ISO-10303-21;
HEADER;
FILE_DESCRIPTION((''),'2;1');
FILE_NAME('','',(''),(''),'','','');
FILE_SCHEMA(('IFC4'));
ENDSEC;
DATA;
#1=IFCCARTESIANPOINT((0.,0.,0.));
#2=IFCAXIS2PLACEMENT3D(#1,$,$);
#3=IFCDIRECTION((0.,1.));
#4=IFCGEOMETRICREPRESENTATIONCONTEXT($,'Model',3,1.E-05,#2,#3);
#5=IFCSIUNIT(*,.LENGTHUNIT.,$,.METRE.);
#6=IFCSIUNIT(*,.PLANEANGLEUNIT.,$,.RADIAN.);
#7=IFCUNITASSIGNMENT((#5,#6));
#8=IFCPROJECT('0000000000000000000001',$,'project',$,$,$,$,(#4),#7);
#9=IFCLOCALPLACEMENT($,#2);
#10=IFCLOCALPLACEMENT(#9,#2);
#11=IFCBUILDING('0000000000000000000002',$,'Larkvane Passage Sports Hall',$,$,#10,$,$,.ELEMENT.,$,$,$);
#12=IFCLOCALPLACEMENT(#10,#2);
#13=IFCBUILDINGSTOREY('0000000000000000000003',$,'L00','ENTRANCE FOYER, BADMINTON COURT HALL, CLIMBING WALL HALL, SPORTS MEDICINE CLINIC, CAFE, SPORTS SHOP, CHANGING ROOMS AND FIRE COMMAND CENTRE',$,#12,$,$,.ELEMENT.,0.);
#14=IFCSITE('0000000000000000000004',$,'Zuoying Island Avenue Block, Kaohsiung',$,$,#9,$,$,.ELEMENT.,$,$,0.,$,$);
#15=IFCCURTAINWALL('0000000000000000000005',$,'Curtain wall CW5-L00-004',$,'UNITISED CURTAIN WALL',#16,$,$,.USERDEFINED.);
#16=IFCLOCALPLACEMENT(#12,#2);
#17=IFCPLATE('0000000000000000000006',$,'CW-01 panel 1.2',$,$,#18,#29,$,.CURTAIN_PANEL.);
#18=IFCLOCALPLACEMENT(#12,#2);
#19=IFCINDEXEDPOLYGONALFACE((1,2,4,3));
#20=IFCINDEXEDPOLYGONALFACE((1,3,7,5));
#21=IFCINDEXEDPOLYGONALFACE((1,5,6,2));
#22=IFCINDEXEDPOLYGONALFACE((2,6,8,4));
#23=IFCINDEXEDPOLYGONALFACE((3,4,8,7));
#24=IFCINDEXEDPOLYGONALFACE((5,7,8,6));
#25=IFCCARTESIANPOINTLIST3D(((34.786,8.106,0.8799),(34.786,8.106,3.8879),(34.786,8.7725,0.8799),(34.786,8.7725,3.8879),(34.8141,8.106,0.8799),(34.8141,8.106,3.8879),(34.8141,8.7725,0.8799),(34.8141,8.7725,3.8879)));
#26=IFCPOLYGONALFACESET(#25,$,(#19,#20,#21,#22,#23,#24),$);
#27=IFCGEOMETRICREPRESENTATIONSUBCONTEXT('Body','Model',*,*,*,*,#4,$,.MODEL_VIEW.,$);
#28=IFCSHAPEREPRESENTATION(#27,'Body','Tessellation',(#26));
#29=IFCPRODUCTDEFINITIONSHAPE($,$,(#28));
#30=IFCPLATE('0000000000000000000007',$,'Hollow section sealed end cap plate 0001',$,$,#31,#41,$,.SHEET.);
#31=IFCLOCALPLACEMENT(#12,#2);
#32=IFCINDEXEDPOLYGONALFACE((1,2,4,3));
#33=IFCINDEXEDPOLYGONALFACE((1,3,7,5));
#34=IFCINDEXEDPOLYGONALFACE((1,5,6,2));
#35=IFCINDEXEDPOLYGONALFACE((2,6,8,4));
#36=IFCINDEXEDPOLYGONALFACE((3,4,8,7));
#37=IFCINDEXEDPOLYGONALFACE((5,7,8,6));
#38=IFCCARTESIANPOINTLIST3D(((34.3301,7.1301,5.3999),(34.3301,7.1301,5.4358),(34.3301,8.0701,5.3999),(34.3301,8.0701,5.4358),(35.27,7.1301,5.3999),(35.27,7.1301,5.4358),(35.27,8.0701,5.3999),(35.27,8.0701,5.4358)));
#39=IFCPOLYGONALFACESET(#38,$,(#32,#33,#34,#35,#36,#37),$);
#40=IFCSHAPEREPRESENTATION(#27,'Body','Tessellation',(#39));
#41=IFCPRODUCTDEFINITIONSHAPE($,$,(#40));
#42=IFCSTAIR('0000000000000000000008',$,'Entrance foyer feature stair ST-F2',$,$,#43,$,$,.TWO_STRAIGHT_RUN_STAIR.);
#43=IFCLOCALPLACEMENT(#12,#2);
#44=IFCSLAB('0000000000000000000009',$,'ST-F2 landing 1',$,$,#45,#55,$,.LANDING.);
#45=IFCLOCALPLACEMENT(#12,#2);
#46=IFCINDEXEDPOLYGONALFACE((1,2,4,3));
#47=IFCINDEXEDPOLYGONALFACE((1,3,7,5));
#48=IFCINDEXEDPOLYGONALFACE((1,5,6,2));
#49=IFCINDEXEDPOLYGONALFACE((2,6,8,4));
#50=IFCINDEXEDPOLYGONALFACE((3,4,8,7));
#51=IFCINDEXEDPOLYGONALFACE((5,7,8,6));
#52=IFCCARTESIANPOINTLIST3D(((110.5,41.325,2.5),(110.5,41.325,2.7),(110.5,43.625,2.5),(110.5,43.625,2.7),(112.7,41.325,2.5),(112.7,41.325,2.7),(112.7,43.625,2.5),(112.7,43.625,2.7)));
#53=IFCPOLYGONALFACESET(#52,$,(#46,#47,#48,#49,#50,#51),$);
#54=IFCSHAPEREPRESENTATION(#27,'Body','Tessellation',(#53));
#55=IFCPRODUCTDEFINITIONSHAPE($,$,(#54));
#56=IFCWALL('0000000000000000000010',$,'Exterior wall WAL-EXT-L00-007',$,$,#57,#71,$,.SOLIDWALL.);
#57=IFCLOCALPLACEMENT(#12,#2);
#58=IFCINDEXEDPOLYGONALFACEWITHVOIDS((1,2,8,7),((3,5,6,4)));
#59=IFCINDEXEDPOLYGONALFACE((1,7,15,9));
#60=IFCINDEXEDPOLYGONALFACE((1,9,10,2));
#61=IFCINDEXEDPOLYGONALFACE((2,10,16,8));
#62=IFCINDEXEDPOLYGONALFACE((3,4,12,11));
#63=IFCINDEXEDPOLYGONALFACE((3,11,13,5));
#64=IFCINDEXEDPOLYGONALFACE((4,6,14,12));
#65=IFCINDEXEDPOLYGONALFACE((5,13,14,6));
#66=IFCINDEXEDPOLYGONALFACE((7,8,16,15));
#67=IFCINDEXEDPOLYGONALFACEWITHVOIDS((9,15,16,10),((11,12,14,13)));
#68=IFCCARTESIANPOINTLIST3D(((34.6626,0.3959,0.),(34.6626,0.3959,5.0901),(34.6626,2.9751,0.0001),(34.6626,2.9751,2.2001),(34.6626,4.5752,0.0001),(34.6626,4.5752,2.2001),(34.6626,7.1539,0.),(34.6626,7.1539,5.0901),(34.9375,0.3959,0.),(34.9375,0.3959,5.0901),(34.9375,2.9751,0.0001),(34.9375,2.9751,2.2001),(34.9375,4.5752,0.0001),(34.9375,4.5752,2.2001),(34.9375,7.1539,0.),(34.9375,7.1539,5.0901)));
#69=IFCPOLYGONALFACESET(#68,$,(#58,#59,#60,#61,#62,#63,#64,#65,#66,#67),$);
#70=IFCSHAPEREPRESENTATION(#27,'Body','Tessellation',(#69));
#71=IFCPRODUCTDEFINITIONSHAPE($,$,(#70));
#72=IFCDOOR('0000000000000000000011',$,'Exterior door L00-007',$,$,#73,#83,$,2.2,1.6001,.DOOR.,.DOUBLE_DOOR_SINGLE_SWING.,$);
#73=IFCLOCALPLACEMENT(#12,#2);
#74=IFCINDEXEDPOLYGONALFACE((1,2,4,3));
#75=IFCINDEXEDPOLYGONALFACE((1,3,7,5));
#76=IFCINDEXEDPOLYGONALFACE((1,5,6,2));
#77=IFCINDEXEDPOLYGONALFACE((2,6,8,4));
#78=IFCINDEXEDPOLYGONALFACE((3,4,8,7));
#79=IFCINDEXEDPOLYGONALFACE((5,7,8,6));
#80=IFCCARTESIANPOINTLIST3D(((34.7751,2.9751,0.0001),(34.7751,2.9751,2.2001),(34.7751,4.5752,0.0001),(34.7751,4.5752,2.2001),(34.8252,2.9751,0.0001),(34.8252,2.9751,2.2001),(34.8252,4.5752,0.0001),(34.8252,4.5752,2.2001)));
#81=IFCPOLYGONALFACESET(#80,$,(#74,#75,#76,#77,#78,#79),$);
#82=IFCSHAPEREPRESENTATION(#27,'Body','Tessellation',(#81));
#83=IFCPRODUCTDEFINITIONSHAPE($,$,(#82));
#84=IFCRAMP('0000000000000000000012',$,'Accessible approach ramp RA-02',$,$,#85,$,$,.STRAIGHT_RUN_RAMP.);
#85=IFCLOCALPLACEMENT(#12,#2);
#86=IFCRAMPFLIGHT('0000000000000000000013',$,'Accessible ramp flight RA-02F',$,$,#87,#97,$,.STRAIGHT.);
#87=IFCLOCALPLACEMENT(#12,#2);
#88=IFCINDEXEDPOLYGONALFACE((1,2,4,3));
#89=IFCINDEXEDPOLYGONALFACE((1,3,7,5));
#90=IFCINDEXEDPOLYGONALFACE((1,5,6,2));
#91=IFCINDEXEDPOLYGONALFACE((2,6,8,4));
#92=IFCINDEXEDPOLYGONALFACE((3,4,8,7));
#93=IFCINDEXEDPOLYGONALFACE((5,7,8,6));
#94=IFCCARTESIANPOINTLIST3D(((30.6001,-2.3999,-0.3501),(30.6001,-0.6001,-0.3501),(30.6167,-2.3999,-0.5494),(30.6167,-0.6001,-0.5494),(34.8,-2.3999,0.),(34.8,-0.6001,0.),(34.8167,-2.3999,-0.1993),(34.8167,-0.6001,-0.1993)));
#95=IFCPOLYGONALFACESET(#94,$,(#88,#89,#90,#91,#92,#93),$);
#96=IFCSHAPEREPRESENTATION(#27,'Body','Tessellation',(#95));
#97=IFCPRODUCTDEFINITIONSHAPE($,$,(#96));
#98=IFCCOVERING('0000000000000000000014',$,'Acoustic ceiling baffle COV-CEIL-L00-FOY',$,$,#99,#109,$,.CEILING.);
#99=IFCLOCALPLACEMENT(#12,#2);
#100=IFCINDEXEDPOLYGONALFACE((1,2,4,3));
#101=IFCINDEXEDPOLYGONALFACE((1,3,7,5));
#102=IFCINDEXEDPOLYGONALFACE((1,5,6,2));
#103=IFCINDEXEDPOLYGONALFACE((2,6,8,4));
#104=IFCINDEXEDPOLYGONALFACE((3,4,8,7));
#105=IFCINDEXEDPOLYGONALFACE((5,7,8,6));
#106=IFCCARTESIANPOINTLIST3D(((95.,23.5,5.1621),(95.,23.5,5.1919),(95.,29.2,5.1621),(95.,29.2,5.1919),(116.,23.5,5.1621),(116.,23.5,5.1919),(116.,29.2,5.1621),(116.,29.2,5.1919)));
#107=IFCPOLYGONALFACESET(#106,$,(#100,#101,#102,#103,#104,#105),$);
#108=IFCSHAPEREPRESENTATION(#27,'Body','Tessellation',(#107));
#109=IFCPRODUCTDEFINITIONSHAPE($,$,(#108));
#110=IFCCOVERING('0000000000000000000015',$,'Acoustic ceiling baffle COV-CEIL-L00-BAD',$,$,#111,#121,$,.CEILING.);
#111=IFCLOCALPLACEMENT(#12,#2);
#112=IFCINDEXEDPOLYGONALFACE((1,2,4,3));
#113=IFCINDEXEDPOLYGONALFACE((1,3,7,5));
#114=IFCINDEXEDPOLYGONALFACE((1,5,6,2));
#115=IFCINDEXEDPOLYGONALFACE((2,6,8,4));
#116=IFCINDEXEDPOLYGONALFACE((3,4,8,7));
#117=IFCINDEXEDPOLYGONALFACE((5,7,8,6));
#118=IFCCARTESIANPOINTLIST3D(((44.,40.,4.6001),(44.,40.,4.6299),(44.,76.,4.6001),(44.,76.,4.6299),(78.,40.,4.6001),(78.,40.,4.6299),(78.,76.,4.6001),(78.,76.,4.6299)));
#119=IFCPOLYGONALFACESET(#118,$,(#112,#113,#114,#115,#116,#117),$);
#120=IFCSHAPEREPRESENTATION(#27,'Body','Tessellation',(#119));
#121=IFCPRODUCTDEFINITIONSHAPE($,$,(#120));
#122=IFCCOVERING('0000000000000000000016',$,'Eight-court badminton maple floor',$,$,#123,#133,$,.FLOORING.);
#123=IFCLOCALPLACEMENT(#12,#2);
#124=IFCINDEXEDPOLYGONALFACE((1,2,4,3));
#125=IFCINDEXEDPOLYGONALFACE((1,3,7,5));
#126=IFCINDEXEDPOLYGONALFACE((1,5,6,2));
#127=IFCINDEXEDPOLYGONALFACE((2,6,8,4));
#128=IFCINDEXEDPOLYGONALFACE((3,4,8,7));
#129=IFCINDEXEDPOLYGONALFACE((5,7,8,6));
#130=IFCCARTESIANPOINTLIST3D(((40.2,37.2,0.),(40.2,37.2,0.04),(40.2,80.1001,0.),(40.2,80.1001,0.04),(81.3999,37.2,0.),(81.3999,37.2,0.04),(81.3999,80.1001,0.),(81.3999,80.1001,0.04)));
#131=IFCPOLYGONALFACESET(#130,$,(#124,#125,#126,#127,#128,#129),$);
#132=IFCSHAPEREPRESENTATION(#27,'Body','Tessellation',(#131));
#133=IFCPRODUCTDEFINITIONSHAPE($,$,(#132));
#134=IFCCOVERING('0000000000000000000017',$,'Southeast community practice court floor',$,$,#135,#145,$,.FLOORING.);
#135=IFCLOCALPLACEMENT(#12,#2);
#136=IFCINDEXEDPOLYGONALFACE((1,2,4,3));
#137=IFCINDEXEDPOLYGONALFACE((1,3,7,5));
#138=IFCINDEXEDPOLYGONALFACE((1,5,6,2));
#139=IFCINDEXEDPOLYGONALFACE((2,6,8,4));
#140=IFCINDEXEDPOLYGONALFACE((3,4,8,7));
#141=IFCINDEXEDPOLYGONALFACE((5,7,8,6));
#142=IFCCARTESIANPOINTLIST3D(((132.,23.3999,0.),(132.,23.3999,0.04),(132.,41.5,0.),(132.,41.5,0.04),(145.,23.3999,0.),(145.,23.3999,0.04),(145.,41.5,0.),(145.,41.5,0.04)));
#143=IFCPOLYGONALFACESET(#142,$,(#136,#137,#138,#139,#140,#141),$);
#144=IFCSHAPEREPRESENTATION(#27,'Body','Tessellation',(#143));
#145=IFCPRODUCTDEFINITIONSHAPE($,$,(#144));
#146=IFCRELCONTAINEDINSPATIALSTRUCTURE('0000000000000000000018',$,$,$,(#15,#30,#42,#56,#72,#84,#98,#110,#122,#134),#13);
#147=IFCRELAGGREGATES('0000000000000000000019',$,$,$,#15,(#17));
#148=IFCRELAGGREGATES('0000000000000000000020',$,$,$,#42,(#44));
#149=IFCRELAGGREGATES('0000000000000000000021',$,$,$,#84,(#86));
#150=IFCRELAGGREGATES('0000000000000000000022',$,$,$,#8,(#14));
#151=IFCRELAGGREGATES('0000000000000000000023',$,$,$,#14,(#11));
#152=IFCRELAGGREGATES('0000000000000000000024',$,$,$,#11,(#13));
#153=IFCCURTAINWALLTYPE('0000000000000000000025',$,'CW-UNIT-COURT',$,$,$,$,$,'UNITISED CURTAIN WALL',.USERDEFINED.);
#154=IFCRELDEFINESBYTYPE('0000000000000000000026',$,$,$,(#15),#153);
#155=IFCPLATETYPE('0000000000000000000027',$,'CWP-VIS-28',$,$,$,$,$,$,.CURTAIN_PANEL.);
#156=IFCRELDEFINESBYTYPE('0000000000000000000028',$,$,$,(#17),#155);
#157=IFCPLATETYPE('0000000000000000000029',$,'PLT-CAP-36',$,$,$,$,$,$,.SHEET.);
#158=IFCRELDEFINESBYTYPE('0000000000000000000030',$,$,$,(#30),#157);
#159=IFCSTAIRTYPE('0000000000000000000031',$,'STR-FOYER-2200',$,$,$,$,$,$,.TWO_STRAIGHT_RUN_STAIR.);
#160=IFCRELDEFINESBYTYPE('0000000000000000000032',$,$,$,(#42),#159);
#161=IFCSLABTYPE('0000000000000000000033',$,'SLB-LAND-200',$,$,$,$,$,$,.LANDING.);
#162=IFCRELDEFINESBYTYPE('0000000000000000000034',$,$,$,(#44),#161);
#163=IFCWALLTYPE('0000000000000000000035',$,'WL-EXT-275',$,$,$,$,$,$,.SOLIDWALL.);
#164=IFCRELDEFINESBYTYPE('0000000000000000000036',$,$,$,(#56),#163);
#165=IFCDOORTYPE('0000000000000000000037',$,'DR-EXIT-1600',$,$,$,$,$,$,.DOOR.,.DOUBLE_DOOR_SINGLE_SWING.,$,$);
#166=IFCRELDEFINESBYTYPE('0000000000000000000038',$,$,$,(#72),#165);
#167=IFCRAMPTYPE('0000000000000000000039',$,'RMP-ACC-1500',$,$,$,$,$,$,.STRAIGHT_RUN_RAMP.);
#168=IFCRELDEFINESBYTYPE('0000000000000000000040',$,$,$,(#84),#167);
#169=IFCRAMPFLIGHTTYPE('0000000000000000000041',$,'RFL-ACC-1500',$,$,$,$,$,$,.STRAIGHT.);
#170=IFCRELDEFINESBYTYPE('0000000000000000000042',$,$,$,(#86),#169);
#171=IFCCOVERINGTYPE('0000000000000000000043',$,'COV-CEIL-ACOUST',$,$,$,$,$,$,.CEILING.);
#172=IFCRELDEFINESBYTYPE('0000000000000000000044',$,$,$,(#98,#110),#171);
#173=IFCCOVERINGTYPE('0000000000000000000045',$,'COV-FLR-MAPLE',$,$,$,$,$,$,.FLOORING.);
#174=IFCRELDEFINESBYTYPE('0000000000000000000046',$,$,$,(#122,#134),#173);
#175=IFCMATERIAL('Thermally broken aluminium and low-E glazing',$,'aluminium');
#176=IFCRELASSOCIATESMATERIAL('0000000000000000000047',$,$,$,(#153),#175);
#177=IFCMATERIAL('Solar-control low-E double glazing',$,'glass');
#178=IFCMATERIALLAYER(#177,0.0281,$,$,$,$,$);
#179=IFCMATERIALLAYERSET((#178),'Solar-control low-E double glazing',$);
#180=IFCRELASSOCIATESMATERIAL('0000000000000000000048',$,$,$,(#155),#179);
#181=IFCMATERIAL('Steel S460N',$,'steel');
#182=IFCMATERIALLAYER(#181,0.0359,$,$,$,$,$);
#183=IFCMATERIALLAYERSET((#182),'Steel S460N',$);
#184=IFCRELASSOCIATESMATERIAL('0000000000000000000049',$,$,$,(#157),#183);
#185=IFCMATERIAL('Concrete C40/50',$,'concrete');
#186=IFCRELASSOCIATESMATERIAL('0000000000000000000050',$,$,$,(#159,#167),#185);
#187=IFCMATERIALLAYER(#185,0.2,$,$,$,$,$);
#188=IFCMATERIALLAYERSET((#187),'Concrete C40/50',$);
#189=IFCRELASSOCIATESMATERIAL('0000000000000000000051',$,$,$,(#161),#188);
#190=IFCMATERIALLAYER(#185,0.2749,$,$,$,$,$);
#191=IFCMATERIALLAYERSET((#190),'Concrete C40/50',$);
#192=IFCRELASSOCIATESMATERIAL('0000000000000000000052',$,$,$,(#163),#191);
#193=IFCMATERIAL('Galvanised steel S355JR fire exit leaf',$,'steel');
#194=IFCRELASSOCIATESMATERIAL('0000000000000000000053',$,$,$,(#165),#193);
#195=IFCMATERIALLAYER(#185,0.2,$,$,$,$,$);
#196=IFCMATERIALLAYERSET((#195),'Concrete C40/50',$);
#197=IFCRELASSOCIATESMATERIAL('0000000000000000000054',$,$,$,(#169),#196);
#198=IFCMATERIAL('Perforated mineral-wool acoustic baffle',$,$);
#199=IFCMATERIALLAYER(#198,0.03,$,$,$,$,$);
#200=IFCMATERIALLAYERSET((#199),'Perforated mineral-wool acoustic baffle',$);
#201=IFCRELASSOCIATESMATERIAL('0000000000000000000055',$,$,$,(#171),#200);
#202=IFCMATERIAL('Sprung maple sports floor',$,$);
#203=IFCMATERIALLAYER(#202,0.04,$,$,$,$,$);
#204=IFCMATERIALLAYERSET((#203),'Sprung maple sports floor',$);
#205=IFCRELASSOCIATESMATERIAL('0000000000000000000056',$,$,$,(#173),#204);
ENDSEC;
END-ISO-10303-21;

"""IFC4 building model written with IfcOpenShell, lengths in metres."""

from ifc_helpers import new_model, si_unit, direction, frame, frame_2d, origin, origin_2d, place, context, subcontext, project, spatial, polyline, rectangle, outline, extrude, material, layer, layer_set, type_object, element, fill, aggregate, save


model = new_model("IFC4")

# Units and contexts
model_context = context("Model", 3, precision=1e-05, world=origin(), true_north=direction((0.0, 1.0)))
body_context = subcontext(model_context, "Body", "Model", "MODEL_VIEW")
ifc_project = project(units=[si_unit("LENGTHUNIT", "METRE"), si_unit("PLANEANGLEUNIT", "RADIAN")], contexts=[model_context])

# Site, building, storey
site_placement = place(None, origin())
site = spatial("IfcSite", under=ifc_project, at=site_placement, Name="Zuoying Island Avenue Block, Kaohsiung", CompositionType="ELEMENT", RefElevation=0.0)
building_placement = place(site_placement, origin())
building = spatial("IfcBuilding", under=site, at=building_placement, Name="Larkvane Passage Sports Hall", CompositionType="ELEMENT")
storey_placement = place(building_placement, origin())
storey = spatial("IfcBuildingStorey", under=building, at=storey_placement, Name="L00", Description="ENTRANCE FOYER, BADMINTON COURT HALL, CLIMBING WALL HALL, SPORTS MEDICINE CLINIC, CAFE, SPORTS SHOP, CHANGING ROOMS AND FIRE COMMAND CENTRE", CompositionType="ELEMENT", Elevation=0.0)

# Shared definitions
ifc_material_1 = material(Name="Steel S460N", Category="steel")
ifc_material_2 = material(Name="Concrete C40/50", Category="concrete")

# Curtain wall
ifc_material_3 = material(Name="Thermally broken aluminium and low-E glazing", Category="aluminium")
curtain_wall_type = type_object("IfcCurtainWallType", Name="CW-UNIT-COURT", ElementType="UNITISED CURTAIN WALL", PredefinedType="USERDEFINED", material=ifc_material_3)
curtain_wall_placement = place(storey_placement, origin())
curtain_wall = element("IfcCurtainWall", 1, at=curtain_wall_placement, inside=storey, type_object=curtain_wall_type, Name="Curtain wall CW5-L00-004", ObjectType="UNITISED CURTAIN WALL", PredefinedType="USERDEFINED")

# Plates
ifc_material_4 = material(Name="Solar-control low-E double glazing", Category="glass")
ifc_layer_1 = layer(ifc_material_4, 0.0281)
ifc_layer_set_1 = layer_set([ifc_layer_1], Name="Solar-control low-E double glazing")
plate_type_1 = type_object("IfcPlateType", Name="CWP-VIS-28", PredefinedType="CURTAIN_PANEL", material=ifc_layer_set_1)
plate_1_placement = place(storey_placement, frame((34.8, 8.4392, 0.8799), z_axis=(0.0, 0.0, 1.0), x_axis=(0.0, 1.0, 0.0)))
plate_1 = element("IfcPlate", 2, at=plate_1_placement, type_object=plate_type_1, Name="CW-01 panel 1.2", PredefinedType="CURTAIN_PANEL", context=body_context, shape_type="SweptSolid", body=[
    extrude(rectangle(XDim=0.6665, YDim=0.0281, at=origin_2d()), origin(), (0.0, 0.0, 1.0), 3.0081),
])
aggregate(curtain_wall, [plate_1])
ifc_layer_2 = layer(ifc_material_1, 0.0359)
ifc_layer_set_2 = layer_set([ifc_layer_2], Name="Steel S460N")
plate_type_2 = type_object("IfcPlateType", Name="PLT-CAP-36", PredefinedType="SHEET", material=ifc_layer_set_2)
plate_2_placement = place(storey_placement, frame((34.8, 7.6001, 5.3999), z_axis=(0.0, 0.0, 1.0), x_axis=(1.0, 0.0, 0.0)))
element("IfcPlate", 3, at=plate_2_placement, inside=storey, type_object=plate_type_2, Name="Hollow section sealed end cap plate 0001", PredefinedType="SHEET", context=body_context, shape_type="SweptSolid", body=[
    extrude(rectangle(XDim=0.9399, YDim=0.9399, at=origin_2d()), origin(), (0.0, 0.0, 1.0), 0.0359),
])

# Stair, slab
stair_type = type_object("IfcStairType", Name="STR-FOYER-2200", PredefinedType="TWO_STRAIGHT_RUN_STAIR", material=ifc_material_2)
stair_placement = place(storey_placement, origin())
stair = element("IfcStair", 4, at=stair_placement, inside=storey, type_object=stair_type, Name="Entrance foyer feature stair ST-F2", PredefinedType="TWO_STRAIGHT_RUN_STAIR")
ifc_layer_3 = layer(ifc_material_2, 0.2)
ifc_layer_set_3 = layer_set([ifc_layer_3], Name="Concrete C40/50")
slab_type = type_object("IfcSlabType", Name="SLB-LAND-200", PredefinedType="LANDING", material=ifc_layer_set_3)
slab_placement = place(storey_placement, frame((0.0, 0.0, 2.5)))
slab = element("IfcSlab", 5, at=slab_placement, type_object=slab_type, Name="ST-F2 landing 1", PredefinedType="LANDING", context=body_context, shape_type="SweptSolid", body=[
    extrude(outline(polyline([(110.5, 41.325), (112.7, 41.325), (112.7, 43.625), (110.5, 43.625), (110.5, 41.325)])), origin(), (0.0, 0.0, 1.0), 0.2),
])
aggregate(stair, [slab])

# Wall, opening, door
ifc_layer_4 = layer(ifc_material_2, 0.2749)
ifc_layer_set_4 = layer_set([ifc_layer_4], Name="Concrete C40/50")
wall_type = type_object("IfcWallType", Name="WL-EXT-275", PredefinedType="SOLIDWALL", material=ifc_layer_set_4)
wall_placement = place(storey_placement, frame((34.8, 0.396, 0.0), z_axis=(0.0, 0.0, 1.0), x_axis=(0.0, 1.0, 0.0)))
wall = element("IfcWall", 6, at=wall_placement, inside=storey, type_object=wall_type, Name="Exterior wall WAL-EXT-L00-007", PredefinedType="SOLIDWALL", context=body_context, shape_type="SweptSolid", body=[
    extrude(rectangle(XDim=6.7581, YDim=0.2749, at=frame_2d((3.3789, 0.0))), origin(), (0.0, 0.0, 1.0), 5.0901),
])
opening_placement = place(wall_placement, frame((2.5791, 0.0, 0.0)))
opening = element("IfcOpeningElement", 7, at=opening_placement, cuts=wall, PredefinedType="OPENING", context=body_context, shape_type="SweptSolid", body=[
    extrude(rectangle(XDim=1.6001, YDim=2.2, at=frame_2d((0.8, 1.1001))), frame((0.0, 0.1475, 0.0), z_axis=(0.0, -1.0, 0.0), x_axis=(1.0, 0.0, 0.0)), (0.0, 0.0, 1.0), 0.2949),
])
ifc_material_5 = material(Name="Galvanised steel S355JR fire exit leaf", Category="steel")
door_type = type_object("IfcDoorType", Name="DR-EXIT-1600", OperationType="DOUBLE_DOOR_SINGLE_SWING", PredefinedType="DOOR", material=ifc_material_5)
door_placement = place(opening_placement, origin())
door = element("IfcDoor", 8, at=door_placement, inside=storey, type_object=door_type, Name="Exterior door L00-007", OperationType="DOUBLE_DOOR_SINGLE_SWING", OverallHeight=2.2, OverallWidth=1.6001, PredefinedType="DOOR", context=body_context, shape_type="SweptSolid", body=[
    extrude(rectangle(XDim=1.6001, YDim=2.2, at=frame_2d((0.8, 1.1001))), frame((0.0, 0.0249, 0.0), z_axis=(0.0, -1.0, 0.0), x_axis=(1.0, 0.0, 0.0)), (0.0, 0.0, 1.0), 0.05),
])
fill(opening, door)

# Ramp, ramp flight
ramp_type = type_object("IfcRampType", Name="RMP-ACC-1500", PredefinedType="STRAIGHT_RUN_RAMP", material=ifc_material_2)
ramp_placement = place(storey_placement, origin())
ramp = element("IfcRamp", 9, at=ramp_placement, inside=storey, type_object=ramp_type, Name="Accessible approach ramp RA-02", PredefinedType="STRAIGHT_RUN_RAMP")
ifc_layer_5 = layer(ifc_material_2, 0.2)
ifc_layer_set_5 = layer_set([ifc_layer_5], Name="Concrete C40/50")
ramp_flight_type = type_object("IfcRampFlightType", Name="RFL-ACC-1500", PredefinedType="STRAIGHT", material=ifc_layer_set_5)
ramp_flight_placement = place(storey_placement, frame((30.6001, -2.3999, -0.3501), z_axis=(-0.083069, 0.0, 0.996544), x_axis=(0.996544, 0.0, 0.083069)))
ramp_flight = element("IfcRampFlight", 10, at=ramp_flight_placement, type_object=ramp_flight_type, Name="Accessible ramp flight RA-02F", PredefinedType="STRAIGHT", context=body_context, shape_type="SweptSolid", body=[
    extrude(outline(polyline([(0.0, 0.0), (4.2145, 0.0), (4.2145, 1.7998), (0.0, 1.7998), (0.0, 0.0)])), origin(), (0.0, 0.0, -1.0), 0.2),
])
aggregate(ramp, [ramp_flight])

# Coverings
ifc_material_6 = material(Name="Perforated mineral-wool acoustic baffle")
ifc_layer_6 = layer(ifc_material_6, 0.03)
ifc_layer_set_6 = layer_set([ifc_layer_6], Name="Perforated mineral-wool acoustic baffle")
covering_type_1 = type_object("IfcCoveringType", Name="COV-CEIL-ACOUST", PredefinedType="CEILING", material=ifc_layer_set_6)
covering_1_placement = place(storey_placement, frame((0.0, 0.0, 5.1621)))
element("IfcCovering", 11, at=covering_1_placement, inside=storey, type_object=covering_type_1, Name="Acoustic ceiling baffle COV-CEIL-L00-FOY", PredefinedType="CEILING", context=body_context, shape_type="SweptSolid", body=[
    extrude(outline(polyline([(95.0, 23.5), (116.0, 23.5), (116.0, 29.2), (95.0, 29.2), (95.0, 23.5)])), origin(), (0.0, 0.0, 1.0), 0.0298),
])
covering_2_placement = place(storey_placement, frame((0.0, 0.0, 4.6001)))
element("IfcCovering", 12, at=covering_2_placement, inside=storey, type_object=covering_type_1, Name="Acoustic ceiling baffle COV-CEIL-L00-BAD", PredefinedType="CEILING", context=body_context, shape_type="SweptSolid", body=[
    extrude(outline(polyline([(44.0, 40.0), (78.0, 40.0), (78.0, 76.0), (44.0, 76.0), (44.0, 40.0)])), origin(), (0.0, 0.0, 1.0), 0.0298),
])
ifc_material_7 = material(Name="Sprung maple sports floor")
ifc_layer_7 = layer(ifc_material_7, 0.04)
ifc_layer_set_7 = layer_set([ifc_layer_7], Name="Sprung maple sports floor")
covering_type_2 = type_object("IfcCoveringType", Name="COV-FLR-MAPLE", PredefinedType="FLOORING", material=ifc_layer_set_7)
covering_3_placement = place(storey_placement, origin())
element("IfcCovering", 13, at=covering_3_placement, inside=storey, type_object=covering_type_2, Name="Eight-court badminton maple floor", PredefinedType="FLOORING", context=body_context, shape_type="SweptSolid", body=[
    extrude(outline(polyline([(40.2, 37.2), (81.3999, 37.2), (81.3999, 80.1001), (40.2, 80.1001), (40.2, 37.2)])), origin(), (0.0, 0.0, 1.0), 0.04),
])
covering_4_placement = place(storey_placement, origin())
element("IfcCovering", 14, at=covering_4_placement, inside=storey, type_object=covering_type_2, Name="Southeast community practice court floor", PredefinedType="FLOORING", context=body_context, shape_type="SweptSolid", body=[
    extrude(outline(polyline([(132.0, 23.3999), (145.0, 23.3999), (145.0, 41.5), (132.0, 41.5), (132.0, 23.3999)])), origin(), (0.0, 0.0, 1.0), 0.04),
])

save(model, "model.ifc")
